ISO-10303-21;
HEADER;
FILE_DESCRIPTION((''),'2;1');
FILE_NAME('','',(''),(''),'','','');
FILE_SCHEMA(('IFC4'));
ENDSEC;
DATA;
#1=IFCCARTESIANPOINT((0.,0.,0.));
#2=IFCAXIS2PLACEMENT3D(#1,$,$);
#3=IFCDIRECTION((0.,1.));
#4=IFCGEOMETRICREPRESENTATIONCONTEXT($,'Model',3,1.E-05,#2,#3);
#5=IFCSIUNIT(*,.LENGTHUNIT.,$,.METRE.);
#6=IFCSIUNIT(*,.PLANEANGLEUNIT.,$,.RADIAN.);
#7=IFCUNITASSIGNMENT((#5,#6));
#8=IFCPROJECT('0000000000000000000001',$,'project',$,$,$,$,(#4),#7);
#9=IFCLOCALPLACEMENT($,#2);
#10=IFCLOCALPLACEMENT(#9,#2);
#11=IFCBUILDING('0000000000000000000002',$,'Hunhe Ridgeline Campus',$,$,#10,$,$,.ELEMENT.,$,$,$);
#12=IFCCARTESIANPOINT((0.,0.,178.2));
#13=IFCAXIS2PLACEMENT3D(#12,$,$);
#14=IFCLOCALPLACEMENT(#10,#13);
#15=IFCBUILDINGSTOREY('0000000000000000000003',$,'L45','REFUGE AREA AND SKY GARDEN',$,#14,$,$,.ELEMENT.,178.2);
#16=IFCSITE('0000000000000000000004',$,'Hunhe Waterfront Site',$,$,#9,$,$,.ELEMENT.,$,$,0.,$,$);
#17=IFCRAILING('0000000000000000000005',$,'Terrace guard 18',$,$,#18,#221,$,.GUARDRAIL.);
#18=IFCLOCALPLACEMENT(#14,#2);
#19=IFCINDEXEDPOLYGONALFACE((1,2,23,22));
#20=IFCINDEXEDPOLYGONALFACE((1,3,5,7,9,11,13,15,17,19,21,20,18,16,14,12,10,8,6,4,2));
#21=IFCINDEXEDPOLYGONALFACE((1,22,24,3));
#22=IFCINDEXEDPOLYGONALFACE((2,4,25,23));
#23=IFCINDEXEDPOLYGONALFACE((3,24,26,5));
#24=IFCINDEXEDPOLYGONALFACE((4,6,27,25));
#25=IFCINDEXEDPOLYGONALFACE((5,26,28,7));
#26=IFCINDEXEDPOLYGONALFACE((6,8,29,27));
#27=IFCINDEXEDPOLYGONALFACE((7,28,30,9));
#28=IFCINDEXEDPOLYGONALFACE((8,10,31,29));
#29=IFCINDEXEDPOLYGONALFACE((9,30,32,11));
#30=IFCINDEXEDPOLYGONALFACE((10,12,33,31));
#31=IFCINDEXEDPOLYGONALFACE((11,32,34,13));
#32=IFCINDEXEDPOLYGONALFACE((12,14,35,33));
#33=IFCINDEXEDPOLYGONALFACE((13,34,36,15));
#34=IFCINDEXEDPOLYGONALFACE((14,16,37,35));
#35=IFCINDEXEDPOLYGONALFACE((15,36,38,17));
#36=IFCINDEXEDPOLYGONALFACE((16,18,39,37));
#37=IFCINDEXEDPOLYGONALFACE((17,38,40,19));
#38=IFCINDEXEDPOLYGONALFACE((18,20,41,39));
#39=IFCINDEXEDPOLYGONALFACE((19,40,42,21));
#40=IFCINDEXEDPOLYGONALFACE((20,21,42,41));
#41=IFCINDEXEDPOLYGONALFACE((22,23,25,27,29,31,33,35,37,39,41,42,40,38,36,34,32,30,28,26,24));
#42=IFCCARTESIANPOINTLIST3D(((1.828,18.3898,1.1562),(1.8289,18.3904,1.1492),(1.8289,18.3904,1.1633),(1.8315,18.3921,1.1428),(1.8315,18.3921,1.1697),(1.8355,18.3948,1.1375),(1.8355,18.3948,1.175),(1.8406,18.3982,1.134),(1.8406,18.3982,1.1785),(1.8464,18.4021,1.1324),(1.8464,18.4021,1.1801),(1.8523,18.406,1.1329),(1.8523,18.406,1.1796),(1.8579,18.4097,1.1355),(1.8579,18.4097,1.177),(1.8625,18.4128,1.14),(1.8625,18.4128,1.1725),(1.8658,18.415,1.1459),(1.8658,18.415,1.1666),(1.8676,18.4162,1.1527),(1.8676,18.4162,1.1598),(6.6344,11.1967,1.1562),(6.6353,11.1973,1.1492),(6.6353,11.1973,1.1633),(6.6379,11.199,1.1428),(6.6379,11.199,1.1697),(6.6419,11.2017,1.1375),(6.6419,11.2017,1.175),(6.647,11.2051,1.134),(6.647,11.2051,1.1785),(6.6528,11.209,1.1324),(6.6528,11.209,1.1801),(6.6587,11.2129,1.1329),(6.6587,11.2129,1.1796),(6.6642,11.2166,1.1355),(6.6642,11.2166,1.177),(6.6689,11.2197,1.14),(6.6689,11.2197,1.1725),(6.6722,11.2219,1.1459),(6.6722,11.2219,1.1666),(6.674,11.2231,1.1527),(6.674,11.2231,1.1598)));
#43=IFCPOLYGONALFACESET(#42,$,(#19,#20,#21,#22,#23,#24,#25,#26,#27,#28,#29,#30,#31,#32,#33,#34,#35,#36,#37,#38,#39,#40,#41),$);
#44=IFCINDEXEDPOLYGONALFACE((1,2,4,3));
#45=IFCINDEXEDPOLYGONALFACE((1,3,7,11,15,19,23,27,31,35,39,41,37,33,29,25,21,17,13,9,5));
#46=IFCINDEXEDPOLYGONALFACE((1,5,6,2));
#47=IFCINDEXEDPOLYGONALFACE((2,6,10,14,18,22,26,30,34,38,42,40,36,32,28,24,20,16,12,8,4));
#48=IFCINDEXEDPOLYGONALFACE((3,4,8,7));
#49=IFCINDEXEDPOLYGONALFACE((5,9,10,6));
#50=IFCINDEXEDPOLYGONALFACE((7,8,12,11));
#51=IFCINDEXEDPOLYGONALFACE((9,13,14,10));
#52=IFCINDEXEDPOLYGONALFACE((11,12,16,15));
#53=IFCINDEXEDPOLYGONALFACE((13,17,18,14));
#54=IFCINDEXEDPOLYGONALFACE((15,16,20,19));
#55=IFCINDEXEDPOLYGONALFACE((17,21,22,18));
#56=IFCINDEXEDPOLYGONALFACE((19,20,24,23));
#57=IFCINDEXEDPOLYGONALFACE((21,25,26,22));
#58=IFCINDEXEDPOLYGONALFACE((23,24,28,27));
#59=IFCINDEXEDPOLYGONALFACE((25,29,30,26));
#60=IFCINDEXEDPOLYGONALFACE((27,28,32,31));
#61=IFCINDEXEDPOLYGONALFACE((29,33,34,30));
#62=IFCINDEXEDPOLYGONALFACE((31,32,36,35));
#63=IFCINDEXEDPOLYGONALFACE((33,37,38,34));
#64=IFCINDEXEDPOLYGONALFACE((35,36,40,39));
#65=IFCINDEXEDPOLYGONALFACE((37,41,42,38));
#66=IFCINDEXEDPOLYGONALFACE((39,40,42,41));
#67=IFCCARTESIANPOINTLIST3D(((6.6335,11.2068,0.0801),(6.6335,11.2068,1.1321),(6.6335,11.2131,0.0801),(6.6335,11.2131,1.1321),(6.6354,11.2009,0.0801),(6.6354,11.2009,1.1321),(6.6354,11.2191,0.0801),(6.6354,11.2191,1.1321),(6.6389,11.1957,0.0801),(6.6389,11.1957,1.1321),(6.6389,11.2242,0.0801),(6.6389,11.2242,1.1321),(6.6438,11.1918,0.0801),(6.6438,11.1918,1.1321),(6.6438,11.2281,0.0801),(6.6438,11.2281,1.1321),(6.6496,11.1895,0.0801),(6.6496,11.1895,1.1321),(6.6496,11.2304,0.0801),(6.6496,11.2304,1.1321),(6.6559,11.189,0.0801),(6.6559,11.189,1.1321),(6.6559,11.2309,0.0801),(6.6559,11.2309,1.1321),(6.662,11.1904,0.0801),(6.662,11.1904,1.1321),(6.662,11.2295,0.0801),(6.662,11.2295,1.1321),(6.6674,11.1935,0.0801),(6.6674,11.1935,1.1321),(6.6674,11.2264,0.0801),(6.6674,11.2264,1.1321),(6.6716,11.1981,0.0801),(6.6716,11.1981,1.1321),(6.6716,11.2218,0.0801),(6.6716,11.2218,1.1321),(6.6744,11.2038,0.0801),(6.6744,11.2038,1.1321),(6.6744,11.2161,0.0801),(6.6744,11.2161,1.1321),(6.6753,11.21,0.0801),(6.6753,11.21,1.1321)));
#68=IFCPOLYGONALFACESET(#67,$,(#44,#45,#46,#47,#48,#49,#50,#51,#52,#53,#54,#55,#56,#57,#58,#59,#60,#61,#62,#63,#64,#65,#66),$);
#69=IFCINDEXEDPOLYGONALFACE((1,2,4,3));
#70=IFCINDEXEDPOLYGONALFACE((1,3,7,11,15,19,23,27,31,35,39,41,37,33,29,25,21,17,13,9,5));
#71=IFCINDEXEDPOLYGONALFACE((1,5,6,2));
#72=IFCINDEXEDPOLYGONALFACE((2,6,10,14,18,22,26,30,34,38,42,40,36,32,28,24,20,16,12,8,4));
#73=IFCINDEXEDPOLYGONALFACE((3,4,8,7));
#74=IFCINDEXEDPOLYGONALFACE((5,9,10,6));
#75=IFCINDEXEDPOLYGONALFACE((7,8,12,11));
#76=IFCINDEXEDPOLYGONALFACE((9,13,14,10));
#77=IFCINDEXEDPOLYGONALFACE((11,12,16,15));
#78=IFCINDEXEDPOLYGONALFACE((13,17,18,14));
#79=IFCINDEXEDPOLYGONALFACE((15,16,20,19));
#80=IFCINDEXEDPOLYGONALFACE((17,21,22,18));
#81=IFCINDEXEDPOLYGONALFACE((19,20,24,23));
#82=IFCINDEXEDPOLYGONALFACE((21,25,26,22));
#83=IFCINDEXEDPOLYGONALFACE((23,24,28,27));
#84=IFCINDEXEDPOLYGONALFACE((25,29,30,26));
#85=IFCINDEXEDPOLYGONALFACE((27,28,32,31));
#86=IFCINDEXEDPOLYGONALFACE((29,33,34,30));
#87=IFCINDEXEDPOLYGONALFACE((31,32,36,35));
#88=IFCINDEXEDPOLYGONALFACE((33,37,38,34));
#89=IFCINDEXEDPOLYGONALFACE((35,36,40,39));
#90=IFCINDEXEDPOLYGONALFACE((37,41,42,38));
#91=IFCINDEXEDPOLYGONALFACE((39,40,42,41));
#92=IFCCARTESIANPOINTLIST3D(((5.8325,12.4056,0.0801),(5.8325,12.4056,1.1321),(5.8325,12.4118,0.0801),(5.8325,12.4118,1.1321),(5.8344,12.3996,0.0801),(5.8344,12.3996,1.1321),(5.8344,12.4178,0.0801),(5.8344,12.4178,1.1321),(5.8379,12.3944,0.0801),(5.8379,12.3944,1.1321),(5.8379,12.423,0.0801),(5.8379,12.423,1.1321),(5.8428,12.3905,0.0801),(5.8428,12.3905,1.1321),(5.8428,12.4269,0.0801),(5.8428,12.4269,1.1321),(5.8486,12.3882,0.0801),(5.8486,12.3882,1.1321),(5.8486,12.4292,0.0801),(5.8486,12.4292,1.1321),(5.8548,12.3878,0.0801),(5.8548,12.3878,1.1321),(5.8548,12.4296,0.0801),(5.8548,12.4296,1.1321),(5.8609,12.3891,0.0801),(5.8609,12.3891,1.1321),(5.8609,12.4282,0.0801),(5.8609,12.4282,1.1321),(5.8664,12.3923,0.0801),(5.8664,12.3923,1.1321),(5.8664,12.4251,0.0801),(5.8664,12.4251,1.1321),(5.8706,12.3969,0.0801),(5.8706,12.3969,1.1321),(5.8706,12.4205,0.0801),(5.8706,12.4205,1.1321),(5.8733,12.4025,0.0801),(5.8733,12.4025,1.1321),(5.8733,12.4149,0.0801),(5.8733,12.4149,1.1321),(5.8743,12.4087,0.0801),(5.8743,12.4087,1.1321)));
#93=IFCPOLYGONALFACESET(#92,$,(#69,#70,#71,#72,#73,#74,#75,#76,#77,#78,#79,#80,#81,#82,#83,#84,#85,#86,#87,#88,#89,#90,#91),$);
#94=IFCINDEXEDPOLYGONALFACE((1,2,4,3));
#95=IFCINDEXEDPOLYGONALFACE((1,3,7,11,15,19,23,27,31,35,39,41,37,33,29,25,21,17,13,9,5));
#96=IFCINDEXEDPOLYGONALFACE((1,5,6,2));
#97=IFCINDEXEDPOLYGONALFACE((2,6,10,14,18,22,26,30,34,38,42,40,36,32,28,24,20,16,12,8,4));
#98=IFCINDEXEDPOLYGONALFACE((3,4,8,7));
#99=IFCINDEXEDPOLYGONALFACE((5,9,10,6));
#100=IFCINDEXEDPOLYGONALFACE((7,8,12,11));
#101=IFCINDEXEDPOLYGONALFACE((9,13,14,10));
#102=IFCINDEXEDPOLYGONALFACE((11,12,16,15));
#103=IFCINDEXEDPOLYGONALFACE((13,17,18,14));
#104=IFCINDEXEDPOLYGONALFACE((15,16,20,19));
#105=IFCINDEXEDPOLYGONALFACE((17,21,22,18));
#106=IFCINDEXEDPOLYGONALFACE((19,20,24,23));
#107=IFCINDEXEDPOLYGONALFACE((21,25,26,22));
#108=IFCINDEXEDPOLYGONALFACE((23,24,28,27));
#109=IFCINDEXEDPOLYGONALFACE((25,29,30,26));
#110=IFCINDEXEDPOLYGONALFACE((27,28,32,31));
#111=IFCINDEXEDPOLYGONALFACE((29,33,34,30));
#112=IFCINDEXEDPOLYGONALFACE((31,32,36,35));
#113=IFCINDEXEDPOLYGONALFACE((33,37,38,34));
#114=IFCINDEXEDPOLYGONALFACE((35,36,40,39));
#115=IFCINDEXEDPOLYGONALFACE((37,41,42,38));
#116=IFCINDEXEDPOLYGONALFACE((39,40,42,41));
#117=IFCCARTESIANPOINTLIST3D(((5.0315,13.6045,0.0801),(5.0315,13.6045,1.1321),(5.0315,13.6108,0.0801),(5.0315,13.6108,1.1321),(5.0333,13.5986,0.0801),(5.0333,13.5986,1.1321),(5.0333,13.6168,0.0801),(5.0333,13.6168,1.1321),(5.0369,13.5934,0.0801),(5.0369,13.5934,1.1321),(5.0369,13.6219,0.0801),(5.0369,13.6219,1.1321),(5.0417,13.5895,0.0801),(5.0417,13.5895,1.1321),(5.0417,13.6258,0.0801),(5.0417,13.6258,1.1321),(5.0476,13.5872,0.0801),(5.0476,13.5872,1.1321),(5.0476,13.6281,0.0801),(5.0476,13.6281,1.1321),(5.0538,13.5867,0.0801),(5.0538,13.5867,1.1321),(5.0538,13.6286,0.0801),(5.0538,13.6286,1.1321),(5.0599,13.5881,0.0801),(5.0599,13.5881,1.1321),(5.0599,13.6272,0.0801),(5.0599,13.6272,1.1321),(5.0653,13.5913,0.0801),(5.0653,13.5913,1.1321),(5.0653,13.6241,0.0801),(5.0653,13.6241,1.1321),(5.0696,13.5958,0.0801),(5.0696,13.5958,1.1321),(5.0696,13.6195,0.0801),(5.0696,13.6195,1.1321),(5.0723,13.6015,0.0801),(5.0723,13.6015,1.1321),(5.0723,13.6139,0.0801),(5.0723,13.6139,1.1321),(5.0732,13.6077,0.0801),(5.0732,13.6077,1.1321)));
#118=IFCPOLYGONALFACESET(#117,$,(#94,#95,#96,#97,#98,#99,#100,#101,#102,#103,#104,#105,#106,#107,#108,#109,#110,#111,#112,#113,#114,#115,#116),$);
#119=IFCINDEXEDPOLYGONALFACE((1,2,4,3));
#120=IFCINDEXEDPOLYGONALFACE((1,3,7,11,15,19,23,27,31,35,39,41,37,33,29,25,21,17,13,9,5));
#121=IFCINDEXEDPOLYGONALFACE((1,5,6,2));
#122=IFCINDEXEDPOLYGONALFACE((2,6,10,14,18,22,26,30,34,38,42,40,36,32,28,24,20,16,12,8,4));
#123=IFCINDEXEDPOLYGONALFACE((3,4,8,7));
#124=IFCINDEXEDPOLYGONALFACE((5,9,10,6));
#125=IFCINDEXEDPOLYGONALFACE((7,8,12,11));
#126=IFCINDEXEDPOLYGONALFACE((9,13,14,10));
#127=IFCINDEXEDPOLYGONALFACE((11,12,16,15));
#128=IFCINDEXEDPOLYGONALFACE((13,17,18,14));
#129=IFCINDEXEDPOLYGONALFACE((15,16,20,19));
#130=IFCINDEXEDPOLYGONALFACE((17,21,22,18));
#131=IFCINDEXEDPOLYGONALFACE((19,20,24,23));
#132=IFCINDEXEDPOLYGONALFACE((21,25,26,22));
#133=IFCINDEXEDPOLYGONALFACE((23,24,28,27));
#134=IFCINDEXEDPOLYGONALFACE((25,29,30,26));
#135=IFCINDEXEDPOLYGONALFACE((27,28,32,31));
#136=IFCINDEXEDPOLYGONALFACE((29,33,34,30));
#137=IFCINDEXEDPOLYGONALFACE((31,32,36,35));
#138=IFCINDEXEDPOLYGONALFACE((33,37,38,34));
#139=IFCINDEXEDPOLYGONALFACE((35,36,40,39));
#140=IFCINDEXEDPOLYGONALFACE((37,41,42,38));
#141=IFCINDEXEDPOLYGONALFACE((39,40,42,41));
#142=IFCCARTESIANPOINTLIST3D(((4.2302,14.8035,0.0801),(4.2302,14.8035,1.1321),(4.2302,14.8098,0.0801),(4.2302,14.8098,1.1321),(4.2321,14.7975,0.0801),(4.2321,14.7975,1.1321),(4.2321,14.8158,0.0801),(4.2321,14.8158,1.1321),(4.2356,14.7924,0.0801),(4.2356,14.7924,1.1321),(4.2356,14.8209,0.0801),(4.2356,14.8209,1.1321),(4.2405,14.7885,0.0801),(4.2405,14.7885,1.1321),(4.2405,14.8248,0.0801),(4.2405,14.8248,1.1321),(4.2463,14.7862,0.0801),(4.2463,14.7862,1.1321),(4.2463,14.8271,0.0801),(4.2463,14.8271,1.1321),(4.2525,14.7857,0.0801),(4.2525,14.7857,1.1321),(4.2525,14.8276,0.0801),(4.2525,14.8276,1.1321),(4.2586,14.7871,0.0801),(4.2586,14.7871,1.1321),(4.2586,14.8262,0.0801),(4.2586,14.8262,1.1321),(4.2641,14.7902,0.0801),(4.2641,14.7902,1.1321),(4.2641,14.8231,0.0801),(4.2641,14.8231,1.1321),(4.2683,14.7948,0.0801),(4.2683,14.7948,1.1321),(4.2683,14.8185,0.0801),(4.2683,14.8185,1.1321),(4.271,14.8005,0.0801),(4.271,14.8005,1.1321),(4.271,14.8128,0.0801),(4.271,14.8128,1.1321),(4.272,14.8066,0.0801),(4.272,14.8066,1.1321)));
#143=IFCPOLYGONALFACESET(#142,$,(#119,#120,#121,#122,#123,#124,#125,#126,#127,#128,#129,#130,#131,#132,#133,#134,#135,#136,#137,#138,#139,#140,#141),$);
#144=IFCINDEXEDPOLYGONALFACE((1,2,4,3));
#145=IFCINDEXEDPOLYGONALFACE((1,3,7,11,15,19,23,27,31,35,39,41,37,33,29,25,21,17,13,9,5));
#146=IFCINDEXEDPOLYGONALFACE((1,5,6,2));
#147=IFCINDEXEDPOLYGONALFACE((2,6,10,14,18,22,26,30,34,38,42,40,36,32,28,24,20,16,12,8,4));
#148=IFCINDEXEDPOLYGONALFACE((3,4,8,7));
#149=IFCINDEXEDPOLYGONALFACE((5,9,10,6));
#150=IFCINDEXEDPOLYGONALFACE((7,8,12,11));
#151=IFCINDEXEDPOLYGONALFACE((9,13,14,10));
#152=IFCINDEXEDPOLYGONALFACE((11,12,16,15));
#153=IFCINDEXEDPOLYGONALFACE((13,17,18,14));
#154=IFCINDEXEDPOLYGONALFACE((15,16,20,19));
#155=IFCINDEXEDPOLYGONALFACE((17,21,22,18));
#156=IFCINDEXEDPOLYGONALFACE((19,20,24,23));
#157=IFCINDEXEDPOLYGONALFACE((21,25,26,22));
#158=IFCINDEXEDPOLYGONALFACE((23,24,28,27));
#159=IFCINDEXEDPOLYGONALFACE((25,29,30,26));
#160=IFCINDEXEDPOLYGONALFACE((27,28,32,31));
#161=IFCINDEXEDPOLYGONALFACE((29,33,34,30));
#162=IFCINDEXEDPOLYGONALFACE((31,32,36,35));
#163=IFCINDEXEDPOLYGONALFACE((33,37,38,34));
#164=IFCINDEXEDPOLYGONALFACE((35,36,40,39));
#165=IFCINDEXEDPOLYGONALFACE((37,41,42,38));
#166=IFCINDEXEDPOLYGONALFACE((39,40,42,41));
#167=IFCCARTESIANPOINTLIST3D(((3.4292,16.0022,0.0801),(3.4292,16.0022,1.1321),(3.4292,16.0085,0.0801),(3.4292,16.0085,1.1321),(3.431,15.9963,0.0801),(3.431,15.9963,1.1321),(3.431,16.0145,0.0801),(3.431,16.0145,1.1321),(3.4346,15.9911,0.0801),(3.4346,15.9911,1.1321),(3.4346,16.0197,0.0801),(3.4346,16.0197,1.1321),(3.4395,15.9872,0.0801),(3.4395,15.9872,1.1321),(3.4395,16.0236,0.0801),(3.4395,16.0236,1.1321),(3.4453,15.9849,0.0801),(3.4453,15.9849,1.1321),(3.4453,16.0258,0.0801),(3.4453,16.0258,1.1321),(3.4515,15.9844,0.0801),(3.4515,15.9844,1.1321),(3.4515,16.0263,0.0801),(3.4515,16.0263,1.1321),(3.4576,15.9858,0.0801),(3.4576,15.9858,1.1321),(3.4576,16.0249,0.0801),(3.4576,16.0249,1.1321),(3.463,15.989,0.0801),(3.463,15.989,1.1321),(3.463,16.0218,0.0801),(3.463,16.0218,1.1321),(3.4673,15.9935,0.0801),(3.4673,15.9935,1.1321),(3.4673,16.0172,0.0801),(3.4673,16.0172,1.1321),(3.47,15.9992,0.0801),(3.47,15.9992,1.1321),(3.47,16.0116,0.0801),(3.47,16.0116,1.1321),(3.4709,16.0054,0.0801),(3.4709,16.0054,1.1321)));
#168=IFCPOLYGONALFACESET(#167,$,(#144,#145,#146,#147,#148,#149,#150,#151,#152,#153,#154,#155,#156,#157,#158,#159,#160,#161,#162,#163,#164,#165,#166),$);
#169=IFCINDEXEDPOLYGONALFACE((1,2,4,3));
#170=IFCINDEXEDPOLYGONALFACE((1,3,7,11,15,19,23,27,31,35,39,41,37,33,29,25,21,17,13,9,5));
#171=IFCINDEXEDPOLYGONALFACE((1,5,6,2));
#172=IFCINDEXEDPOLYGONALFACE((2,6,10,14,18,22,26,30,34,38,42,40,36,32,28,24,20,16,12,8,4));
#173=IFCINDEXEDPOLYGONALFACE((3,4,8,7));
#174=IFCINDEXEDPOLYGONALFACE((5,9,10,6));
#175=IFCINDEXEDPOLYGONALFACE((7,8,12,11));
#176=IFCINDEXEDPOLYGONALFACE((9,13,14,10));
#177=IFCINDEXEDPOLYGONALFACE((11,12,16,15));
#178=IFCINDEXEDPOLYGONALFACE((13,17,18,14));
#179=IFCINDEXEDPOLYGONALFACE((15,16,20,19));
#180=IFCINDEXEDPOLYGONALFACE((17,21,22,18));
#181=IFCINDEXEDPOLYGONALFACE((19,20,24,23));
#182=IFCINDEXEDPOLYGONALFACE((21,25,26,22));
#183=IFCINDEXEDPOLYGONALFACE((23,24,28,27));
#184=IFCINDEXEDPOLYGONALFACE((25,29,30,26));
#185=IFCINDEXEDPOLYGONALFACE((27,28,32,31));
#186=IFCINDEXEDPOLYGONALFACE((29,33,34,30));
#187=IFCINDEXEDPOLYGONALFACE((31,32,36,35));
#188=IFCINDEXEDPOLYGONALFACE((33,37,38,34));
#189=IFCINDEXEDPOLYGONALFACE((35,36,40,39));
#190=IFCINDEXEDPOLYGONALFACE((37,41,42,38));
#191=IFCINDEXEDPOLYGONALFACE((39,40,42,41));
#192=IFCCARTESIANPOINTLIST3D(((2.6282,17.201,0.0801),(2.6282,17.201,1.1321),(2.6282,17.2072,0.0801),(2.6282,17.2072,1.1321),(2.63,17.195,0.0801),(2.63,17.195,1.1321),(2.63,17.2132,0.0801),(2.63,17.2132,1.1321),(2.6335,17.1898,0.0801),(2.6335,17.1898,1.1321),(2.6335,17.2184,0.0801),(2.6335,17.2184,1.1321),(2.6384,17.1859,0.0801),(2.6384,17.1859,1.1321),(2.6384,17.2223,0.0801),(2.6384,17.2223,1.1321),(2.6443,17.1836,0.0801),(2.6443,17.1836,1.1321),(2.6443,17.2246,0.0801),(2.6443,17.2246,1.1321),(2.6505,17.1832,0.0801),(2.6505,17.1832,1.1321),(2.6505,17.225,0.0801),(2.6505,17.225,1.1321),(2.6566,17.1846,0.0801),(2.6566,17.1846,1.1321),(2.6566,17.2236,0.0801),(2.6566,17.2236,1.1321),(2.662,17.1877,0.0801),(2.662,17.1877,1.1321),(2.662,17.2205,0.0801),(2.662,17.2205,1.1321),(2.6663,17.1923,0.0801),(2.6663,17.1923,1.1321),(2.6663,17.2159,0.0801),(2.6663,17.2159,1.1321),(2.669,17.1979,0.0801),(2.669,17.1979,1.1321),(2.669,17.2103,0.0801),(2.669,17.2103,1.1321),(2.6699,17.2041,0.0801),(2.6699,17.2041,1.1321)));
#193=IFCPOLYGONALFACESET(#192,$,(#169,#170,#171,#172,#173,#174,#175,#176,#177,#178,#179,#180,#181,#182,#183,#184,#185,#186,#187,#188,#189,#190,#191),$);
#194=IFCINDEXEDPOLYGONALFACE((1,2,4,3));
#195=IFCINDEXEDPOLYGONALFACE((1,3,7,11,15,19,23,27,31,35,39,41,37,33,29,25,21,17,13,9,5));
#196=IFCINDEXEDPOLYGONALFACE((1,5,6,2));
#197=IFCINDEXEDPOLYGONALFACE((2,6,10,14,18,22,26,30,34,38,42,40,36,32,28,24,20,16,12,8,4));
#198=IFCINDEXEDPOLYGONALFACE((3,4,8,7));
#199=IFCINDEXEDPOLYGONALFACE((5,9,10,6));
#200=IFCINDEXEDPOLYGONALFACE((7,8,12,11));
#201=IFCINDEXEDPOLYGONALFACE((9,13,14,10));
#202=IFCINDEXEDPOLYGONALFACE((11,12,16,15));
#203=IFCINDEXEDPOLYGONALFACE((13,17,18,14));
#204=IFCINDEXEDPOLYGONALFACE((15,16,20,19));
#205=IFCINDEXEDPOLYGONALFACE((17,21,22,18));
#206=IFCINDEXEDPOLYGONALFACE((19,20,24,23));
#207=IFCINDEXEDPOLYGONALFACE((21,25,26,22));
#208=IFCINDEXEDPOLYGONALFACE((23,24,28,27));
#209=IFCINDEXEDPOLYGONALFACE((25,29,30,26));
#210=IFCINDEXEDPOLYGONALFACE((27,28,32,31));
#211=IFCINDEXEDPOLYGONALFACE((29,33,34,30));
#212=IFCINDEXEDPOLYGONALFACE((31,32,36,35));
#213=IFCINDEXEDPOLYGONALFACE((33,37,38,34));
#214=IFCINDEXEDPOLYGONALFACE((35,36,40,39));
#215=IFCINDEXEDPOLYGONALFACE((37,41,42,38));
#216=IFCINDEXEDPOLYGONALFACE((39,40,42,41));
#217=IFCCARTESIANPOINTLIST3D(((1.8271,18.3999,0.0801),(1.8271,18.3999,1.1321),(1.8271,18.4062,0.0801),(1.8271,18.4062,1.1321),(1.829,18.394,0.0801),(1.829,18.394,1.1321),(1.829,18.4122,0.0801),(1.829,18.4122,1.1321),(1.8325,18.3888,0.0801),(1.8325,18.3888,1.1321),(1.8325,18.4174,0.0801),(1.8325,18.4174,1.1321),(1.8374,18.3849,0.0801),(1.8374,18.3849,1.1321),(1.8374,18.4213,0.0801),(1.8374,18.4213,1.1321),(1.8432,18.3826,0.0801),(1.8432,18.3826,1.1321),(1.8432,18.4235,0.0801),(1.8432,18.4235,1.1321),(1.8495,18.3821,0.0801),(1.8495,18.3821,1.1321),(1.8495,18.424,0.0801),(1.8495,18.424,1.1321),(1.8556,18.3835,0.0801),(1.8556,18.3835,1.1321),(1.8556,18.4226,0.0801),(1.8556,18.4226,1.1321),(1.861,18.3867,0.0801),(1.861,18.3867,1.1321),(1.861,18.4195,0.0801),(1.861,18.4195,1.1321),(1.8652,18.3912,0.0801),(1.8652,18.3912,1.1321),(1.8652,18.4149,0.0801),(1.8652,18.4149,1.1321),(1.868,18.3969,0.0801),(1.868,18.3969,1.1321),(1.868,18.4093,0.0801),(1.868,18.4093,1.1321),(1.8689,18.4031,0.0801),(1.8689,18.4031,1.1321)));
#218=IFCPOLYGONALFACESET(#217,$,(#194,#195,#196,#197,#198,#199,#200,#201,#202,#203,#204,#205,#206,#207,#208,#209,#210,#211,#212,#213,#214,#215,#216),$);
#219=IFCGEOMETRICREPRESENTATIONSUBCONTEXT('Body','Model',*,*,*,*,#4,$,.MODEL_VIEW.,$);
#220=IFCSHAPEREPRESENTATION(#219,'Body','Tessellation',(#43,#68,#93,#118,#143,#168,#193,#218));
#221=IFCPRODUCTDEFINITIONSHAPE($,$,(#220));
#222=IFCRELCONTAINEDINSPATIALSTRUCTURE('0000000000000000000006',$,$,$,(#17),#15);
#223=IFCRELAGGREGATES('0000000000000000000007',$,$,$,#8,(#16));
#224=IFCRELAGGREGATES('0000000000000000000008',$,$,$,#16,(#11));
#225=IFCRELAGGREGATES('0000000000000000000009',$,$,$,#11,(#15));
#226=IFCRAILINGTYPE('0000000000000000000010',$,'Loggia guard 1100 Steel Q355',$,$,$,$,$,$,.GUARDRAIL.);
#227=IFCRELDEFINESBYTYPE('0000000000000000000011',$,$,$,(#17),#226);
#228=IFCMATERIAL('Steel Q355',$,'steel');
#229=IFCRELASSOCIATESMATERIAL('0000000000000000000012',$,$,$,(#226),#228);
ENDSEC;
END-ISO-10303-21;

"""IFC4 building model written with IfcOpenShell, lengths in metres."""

from ifc_helpers import new_model, si_unit, direction, frame, origin, origin_2d, place, context, subcontext, project, spatial, circle, extrude, material, type_object, element, save


model = new_model("IFC4")

# Units and contexts
model_context = context("Model", 3, precision=1e-05, world=origin(), true_north=direction((0.0, 1.0)))
body_context = subcontext(model_context, "Body", "Model", "MODEL_VIEW")
ifc_project = project(units=[si_unit("LENGTHUNIT", "METRE"), si_unit("PLANEANGLEUNIT", "RADIAN")], contexts=[model_context])

# Site, building, storey
site_placement = place(None, origin())
site = spatial("IfcSite", under=ifc_project, at=site_placement, Name="Hunhe Waterfront Site", CompositionType="ELEMENT", RefElevation=0.0)
building_placement = place(site_placement, origin())
building = spatial("IfcBuilding", under=site, at=building_placement, Name="Hunhe Ridgeline Campus", CompositionType="ELEMENT")
storey_placement = place(building_placement, frame((0.0, 0.0, 178.2)))
storey = spatial("IfcBuildingStorey", under=building, at=storey_placement, Name="L45", Description="REFUGE AREA AND SKY GARDEN", CompositionType="ELEMENT", Elevation=178.2)

# Railing
ifc_material_1 = material(Name="Steel Q355", Category="steel")
railing_type = type_object("IfcRailingType", Name="Loggia guard 1100 Steel Q355", PredefinedType="GUARDRAIL", material=ifc_material_1)
railing_1_placement = place(storey_placement, frame((6.6543, 11.21, 0.0801)))
element("IfcRailing", 1, at=railing_1_placement, inside=storey, type_object=railing_type, Name="Terrace guard 18", PredefinedType="GUARDRAIL", context=body_context, shape_type="SweptSolid", body=[
    extrude(circle(Radius=0.0239, at=origin_2d()), frame((0.0, 0.0, 1.0762), z_axis=(-0.555579, 0.831464, 0.0), x_axis=(-0.831464, -0.555579, 0.0)), (0.0, 0.0, 1.0), 8.6511),
    extrude(circle(Radius=0.021, at=origin_2d()), origin(), (0.0, 0.0, 1.0), 1.052),
    extrude(circle(Radius=0.021, at=origin_2d()), frame((-0.801, 1.1987, 0.0)), (0.0, 0.0, 1.0), 1.052),
    extrude(circle(Radius=0.021, at=origin_2d()), frame((-1.6021, 2.3977, 0.0)), (0.0, 0.0, 1.0), 1.052),
    extrude(circle(Radius=0.021, at=origin_2d()), frame((-2.4033, 3.5967, 0.0)), (0.0, 0.0, 1.0), 1.052),
    extrude(circle(Radius=0.021, at=origin_2d()), frame((-3.2043, 4.7954, 0.0)), (0.0, 0.0, 1.0), 1.052),
    extrude(circle(Radius=0.021, at=origin_2d()), frame((-4.0054, 5.9941, 0.0)), (0.0, 0.0, 1.0), 1.052),
    extrude(circle(Radius=0.021, at=origin_2d()), frame((-4.8064, 7.1931, 0.0)), (0.0, 0.0, 1.0), 1.052),
])

save(model, "model.ifc")
